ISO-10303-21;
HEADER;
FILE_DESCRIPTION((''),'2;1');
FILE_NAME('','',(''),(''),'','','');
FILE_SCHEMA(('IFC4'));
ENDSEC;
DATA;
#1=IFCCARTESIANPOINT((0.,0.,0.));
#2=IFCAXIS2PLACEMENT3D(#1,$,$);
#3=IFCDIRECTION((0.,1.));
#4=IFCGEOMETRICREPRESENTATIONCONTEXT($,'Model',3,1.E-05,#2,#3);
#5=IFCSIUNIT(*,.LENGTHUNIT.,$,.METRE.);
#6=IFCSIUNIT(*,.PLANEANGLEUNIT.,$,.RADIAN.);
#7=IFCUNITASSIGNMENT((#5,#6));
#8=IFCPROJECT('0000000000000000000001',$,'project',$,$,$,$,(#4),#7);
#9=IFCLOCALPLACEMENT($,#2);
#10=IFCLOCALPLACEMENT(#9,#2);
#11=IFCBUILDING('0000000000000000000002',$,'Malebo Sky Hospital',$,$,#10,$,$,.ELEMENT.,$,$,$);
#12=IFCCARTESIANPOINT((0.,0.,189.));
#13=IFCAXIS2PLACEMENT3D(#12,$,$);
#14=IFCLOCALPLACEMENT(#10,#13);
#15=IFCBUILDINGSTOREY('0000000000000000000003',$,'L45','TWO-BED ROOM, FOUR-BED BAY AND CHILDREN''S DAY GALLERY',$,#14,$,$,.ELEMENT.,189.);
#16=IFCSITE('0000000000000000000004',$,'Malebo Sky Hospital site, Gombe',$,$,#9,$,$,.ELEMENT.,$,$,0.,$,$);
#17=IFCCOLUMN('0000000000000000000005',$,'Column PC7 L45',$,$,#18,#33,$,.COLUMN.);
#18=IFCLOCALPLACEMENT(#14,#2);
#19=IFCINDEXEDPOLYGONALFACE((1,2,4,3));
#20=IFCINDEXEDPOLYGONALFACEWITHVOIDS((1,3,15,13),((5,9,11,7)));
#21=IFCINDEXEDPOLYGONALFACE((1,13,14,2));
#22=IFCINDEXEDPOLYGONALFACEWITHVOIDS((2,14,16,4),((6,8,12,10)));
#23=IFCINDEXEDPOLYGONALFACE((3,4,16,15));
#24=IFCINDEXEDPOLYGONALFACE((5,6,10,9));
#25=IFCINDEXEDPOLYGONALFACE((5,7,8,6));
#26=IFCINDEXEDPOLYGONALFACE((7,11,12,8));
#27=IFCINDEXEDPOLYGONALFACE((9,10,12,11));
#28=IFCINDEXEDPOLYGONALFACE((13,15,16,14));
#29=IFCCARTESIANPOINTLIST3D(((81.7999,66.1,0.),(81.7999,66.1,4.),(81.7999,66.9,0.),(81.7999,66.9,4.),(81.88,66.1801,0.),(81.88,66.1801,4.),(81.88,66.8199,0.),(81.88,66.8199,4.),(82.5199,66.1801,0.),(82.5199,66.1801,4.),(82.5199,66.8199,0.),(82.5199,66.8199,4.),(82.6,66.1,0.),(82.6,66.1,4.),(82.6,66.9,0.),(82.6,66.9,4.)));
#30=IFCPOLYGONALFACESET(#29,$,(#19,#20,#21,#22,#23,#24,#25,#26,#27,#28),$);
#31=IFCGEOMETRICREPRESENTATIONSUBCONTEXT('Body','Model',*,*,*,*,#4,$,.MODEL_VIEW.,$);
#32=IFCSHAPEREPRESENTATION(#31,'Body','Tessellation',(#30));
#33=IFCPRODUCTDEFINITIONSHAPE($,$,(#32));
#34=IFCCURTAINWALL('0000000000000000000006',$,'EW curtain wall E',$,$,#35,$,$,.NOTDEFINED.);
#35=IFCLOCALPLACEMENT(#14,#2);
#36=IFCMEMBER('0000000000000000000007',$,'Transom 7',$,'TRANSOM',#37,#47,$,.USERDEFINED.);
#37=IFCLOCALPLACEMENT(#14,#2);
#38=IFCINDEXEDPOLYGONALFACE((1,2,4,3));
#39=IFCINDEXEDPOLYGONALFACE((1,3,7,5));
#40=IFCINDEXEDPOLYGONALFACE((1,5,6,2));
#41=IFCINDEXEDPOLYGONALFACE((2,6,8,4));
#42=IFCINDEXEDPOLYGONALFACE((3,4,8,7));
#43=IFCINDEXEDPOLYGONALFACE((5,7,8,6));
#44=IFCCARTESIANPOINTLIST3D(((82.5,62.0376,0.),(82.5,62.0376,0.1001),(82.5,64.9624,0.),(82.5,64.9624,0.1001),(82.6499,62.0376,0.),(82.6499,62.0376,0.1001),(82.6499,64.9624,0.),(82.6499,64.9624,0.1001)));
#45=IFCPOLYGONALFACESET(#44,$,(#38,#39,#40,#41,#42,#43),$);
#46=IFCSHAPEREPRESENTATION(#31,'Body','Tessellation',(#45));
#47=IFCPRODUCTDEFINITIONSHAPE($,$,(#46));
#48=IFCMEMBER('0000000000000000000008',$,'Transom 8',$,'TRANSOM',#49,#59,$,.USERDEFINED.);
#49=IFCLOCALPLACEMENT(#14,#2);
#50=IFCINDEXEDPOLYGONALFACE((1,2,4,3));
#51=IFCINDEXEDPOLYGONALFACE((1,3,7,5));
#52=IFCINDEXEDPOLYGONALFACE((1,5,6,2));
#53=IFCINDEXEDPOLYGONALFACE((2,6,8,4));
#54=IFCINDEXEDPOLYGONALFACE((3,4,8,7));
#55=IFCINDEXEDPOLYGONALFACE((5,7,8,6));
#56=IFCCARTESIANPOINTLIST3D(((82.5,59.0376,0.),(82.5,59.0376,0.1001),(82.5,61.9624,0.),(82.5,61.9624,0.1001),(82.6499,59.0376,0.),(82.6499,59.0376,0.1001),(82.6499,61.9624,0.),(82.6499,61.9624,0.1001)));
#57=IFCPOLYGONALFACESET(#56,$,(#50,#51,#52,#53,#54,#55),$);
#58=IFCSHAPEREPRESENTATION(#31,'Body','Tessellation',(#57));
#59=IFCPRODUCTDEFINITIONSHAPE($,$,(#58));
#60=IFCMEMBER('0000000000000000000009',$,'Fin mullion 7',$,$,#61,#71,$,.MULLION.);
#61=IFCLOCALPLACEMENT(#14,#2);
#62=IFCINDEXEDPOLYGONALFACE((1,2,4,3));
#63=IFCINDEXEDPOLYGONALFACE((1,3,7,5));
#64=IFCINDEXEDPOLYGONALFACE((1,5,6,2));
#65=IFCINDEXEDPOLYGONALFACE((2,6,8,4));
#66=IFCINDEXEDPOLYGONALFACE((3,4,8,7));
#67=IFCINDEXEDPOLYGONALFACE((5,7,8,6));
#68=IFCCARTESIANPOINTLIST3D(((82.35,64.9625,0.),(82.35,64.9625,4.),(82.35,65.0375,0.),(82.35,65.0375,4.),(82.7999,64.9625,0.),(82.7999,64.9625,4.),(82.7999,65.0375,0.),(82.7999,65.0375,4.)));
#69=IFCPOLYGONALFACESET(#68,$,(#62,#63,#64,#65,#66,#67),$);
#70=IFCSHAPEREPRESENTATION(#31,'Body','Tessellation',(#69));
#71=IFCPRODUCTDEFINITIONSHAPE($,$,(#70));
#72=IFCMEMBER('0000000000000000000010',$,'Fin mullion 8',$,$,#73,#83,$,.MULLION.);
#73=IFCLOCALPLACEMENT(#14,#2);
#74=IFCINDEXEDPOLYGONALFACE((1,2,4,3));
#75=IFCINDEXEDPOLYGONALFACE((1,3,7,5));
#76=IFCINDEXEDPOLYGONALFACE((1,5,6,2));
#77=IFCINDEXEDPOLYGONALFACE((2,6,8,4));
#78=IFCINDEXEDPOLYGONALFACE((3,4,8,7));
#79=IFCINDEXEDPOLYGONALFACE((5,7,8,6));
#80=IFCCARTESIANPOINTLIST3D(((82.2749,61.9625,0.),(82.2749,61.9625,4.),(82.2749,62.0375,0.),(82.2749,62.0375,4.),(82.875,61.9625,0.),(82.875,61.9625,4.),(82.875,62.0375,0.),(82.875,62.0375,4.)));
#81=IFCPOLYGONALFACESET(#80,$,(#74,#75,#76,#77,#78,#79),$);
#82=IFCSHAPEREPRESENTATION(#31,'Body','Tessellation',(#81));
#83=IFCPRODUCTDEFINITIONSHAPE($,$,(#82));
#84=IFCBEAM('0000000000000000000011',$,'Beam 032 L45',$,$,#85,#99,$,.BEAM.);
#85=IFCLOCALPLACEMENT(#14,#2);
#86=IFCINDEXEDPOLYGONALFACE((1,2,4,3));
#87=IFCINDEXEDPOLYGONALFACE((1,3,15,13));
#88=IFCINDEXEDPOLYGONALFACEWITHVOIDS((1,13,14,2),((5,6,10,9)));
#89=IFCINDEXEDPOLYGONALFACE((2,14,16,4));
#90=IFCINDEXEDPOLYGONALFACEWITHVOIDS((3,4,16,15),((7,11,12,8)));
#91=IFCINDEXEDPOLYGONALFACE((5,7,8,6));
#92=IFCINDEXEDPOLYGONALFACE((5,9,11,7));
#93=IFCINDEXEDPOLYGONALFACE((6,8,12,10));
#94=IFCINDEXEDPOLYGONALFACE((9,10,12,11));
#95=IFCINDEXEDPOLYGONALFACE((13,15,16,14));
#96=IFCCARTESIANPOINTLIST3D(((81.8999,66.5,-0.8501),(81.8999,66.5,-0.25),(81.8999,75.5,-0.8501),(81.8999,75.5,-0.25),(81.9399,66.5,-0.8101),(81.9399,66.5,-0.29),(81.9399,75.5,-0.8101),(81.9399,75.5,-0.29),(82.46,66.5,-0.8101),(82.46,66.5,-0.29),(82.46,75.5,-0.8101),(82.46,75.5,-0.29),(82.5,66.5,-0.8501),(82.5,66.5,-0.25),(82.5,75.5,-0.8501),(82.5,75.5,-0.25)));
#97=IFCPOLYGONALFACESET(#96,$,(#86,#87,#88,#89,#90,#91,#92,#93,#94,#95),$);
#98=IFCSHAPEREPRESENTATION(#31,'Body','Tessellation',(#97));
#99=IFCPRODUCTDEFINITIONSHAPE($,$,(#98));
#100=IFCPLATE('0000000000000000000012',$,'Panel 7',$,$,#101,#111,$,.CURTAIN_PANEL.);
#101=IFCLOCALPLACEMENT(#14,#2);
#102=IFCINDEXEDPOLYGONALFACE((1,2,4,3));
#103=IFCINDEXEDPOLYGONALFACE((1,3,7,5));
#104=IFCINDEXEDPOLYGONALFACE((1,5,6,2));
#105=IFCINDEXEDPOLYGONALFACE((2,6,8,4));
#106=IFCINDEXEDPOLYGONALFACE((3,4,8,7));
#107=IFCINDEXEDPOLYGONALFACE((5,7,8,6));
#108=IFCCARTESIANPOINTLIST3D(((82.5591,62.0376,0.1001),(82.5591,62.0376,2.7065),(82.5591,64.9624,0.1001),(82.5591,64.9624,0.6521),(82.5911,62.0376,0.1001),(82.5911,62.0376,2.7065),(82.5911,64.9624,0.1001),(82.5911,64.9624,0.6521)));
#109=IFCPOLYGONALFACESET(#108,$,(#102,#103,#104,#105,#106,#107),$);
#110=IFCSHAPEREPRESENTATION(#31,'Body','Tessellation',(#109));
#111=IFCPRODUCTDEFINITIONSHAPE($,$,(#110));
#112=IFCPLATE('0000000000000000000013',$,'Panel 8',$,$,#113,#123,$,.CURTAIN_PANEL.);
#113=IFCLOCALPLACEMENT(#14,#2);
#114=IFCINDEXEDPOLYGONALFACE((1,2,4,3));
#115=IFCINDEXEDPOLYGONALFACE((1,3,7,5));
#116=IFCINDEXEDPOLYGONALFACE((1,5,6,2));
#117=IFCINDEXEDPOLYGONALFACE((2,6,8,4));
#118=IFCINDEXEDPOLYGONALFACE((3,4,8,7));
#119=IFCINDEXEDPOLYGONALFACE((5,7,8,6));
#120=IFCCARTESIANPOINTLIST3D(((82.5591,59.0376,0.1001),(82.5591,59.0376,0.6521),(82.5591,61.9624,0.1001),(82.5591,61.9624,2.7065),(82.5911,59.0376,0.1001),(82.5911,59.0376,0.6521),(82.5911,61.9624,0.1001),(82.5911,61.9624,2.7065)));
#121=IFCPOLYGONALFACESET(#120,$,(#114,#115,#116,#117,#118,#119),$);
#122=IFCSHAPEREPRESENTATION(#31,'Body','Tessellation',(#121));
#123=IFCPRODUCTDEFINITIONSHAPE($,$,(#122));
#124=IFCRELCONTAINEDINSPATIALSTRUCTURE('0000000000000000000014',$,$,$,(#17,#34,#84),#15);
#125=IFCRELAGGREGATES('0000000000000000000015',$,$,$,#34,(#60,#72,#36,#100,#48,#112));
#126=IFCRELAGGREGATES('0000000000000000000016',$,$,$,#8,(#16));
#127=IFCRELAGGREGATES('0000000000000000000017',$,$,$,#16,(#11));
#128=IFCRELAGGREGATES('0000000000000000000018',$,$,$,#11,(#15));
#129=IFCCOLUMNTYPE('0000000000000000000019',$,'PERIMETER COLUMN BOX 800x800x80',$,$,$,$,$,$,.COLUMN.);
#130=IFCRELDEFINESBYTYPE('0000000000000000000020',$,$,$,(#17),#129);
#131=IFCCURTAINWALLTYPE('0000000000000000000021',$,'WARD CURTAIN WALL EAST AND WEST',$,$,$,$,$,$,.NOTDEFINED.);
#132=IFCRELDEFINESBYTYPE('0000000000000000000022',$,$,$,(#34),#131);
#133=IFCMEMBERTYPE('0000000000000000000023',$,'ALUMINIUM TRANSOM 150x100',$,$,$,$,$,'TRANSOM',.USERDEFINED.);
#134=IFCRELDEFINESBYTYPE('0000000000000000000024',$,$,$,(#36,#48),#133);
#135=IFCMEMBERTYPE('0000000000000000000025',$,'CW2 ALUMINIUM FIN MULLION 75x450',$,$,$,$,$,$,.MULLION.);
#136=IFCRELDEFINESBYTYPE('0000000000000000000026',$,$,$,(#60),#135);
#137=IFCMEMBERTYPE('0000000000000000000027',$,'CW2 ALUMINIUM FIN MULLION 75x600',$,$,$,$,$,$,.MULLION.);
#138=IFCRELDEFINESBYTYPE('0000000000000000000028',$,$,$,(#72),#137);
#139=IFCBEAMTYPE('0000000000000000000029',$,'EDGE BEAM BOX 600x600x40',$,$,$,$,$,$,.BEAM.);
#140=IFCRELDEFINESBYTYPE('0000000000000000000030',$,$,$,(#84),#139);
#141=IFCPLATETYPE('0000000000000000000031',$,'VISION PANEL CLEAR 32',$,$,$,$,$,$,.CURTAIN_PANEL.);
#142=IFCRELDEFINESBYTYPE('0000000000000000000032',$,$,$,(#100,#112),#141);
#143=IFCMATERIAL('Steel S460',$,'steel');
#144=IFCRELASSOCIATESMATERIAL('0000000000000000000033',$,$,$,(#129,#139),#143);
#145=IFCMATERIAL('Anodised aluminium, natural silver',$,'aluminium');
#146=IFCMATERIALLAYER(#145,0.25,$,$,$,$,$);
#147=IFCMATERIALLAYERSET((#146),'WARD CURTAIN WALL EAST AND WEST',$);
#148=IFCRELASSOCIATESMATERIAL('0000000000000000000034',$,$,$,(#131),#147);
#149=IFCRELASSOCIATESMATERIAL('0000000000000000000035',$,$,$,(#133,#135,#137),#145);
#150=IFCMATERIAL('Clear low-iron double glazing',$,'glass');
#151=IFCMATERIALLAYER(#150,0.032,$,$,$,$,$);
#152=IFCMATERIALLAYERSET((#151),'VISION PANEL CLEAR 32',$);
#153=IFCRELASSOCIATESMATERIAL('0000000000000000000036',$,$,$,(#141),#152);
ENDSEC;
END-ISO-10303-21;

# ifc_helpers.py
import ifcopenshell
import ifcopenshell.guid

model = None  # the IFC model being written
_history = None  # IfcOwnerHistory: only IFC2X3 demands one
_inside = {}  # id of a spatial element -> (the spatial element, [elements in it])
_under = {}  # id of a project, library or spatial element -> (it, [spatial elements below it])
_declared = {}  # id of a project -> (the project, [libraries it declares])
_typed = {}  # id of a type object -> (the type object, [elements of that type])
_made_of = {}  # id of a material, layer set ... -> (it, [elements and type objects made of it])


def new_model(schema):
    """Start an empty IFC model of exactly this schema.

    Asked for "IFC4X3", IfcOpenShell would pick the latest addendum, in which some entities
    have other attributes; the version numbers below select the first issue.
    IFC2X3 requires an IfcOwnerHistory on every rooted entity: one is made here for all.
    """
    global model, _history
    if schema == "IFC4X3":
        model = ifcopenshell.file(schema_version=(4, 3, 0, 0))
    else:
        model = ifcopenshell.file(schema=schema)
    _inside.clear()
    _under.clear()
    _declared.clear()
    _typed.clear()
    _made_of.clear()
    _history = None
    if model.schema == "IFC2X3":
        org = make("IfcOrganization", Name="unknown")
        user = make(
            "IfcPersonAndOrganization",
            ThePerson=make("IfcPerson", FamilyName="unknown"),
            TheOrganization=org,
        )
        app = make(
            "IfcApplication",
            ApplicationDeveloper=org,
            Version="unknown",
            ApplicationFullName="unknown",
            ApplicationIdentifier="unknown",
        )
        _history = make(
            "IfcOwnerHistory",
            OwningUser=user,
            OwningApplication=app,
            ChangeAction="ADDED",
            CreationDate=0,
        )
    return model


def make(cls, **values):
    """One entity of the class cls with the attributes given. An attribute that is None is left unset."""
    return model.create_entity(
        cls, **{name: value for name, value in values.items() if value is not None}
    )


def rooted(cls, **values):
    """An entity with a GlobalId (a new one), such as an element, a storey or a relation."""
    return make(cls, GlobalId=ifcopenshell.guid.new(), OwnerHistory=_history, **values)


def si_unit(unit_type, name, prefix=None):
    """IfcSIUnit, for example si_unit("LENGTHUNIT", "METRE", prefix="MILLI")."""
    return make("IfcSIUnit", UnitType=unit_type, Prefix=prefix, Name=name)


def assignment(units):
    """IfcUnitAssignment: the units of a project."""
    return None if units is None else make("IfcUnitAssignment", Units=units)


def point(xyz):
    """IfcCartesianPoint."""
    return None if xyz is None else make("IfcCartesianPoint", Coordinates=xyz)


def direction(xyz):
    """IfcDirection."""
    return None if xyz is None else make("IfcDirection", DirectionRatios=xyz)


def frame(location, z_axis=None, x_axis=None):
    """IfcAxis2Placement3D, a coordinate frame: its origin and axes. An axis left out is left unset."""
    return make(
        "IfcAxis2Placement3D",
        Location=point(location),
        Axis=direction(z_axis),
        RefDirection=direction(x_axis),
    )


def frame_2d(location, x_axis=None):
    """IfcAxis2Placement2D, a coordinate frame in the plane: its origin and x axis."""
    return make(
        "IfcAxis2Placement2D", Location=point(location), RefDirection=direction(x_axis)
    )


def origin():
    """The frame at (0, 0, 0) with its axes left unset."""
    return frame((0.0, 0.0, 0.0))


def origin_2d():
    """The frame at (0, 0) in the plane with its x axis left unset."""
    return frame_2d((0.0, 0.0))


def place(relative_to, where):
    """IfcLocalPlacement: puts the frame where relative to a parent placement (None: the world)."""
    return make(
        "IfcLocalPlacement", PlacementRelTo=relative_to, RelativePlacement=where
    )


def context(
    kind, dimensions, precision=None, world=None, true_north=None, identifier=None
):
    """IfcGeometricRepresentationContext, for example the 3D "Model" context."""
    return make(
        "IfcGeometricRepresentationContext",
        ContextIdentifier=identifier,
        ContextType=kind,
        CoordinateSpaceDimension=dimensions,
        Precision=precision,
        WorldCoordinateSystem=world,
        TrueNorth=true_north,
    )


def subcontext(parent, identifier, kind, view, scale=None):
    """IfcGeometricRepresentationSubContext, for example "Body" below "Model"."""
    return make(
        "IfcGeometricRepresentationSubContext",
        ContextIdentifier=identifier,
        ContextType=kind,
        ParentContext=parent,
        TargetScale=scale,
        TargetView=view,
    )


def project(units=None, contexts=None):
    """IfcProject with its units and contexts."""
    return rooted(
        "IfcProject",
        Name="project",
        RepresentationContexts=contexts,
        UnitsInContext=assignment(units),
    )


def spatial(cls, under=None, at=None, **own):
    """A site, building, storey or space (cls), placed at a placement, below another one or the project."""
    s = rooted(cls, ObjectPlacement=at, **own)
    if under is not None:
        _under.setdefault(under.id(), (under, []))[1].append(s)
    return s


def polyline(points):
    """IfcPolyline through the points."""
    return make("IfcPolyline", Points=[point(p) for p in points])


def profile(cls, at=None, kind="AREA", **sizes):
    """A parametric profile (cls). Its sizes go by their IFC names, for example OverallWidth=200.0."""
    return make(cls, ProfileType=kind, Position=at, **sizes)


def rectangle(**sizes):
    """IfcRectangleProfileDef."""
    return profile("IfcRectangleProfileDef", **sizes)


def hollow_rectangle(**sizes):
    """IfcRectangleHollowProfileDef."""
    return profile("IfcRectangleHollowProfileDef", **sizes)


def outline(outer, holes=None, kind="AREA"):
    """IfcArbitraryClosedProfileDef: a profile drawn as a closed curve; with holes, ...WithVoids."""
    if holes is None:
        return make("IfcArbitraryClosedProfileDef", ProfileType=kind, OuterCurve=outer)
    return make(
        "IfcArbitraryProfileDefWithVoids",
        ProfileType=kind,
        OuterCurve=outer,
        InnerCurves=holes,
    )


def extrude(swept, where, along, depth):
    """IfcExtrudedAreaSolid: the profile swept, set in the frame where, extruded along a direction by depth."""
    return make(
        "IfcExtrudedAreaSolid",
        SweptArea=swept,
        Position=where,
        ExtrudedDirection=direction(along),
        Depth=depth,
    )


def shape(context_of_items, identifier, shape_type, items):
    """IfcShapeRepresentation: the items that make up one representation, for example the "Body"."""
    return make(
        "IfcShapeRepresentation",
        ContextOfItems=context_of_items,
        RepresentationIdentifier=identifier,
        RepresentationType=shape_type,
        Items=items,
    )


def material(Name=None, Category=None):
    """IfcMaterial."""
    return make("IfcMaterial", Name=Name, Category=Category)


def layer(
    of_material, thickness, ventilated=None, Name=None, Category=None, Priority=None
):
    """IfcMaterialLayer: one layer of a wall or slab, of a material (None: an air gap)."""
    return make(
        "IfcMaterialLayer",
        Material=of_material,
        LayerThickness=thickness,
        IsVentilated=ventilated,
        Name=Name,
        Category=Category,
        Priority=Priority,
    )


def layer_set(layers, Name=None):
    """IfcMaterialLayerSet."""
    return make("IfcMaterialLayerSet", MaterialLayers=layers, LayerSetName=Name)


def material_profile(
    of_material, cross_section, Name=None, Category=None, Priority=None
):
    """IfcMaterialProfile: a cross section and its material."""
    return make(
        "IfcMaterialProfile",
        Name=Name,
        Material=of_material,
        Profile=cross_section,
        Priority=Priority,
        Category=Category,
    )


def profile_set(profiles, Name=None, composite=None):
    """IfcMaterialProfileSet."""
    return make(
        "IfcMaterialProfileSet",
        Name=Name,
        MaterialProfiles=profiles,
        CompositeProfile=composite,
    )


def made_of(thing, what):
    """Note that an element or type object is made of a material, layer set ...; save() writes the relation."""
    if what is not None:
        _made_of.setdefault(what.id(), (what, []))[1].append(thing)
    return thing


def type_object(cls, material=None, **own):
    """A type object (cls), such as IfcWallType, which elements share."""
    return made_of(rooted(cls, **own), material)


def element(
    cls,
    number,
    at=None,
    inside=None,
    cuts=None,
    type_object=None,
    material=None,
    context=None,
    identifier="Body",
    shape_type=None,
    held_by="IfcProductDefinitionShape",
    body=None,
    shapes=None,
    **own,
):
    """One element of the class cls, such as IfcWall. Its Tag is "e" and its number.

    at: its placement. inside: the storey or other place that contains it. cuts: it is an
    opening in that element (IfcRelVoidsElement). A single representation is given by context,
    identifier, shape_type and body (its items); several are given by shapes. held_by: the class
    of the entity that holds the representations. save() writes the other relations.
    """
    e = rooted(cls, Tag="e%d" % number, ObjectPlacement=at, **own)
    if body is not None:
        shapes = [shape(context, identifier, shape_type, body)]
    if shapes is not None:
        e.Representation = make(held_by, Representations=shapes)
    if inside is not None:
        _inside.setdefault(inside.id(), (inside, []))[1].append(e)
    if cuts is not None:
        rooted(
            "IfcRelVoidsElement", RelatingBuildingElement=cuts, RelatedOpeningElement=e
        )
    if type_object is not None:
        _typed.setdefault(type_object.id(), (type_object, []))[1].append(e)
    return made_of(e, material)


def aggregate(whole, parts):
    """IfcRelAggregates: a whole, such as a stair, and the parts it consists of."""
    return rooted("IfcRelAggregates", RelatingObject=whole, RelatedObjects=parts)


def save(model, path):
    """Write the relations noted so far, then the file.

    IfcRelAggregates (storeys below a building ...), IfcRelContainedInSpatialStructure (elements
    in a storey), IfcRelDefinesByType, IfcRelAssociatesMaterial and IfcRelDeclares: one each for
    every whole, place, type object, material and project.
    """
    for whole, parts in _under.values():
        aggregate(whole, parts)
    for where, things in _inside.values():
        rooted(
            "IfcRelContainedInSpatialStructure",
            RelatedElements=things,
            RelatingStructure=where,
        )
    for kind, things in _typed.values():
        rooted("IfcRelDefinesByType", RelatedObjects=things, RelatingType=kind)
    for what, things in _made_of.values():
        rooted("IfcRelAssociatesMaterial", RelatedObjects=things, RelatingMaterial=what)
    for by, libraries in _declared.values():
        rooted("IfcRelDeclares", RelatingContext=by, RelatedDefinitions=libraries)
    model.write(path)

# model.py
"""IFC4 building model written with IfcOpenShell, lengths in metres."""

from ifc_helpers import new_model, si_unit, direction, frame, origin, origin_2d, place, context, subcontext, project, spatial, polyline, rectangle, hollow_rectangle, outline, extrude, material, layer, layer_set, material_profile, profile_set, type_object, element, aggregate, save


model = new_model("IFC4")

# Units and contexts
model_context = context("Model", 3, precision=1e-05, world=origin(), true_north=direction((0.0, 1.0)))
body_context = subcontext(model_context, "Body", "Model", "MODEL_VIEW")
ifc_project = project(units=[si_unit("LENGTHUNIT", "METRE"), si_unit("PLANEANGLEUNIT", "RADIAN")], contexts=[model_context])

# Site, building, storey
site_placement = place(None, origin())
site = spatial("IfcSite", under=ifc_project, at=site_placement, Name="Malebo Sky Hospital site, Gombe", CompositionType="ELEMENT", RefElevation=0.0)
building_placement = place(site_placement, origin())
building = spatial("IfcBuilding", under=site, at=building_placement, Name="Malebo Sky Hospital", CompositionType="ELEMENT")
storey_placement = place(building_placement, frame((0.0, 0.0, 189.0)))
storey = spatial("IfcBuildingStorey", under=building, at=storey_placement, Name="L45", Description="TWO-BED ROOM, FOUR-BED BAY AND CHILDREN'S DAY GALLERY", CompositionType="ELEMENT", Elevation=189.0)

# Column
ifc_material_1 = material(Name="Steel S460", Category="steel")
ifc_material_profile_1 = material_profile(ifc_material_1, hollow_rectangle(XDim=0.8, YDim=0.8, WallThickness=0.0801, at=origin_2d()), Name="BOX 800x800x80")
ifc_profile_set_1 = profile_set([ifc_material_profile_1], Name="Steel S460")
column_type = type_object("IfcColumnType", Name="PERIMETER COLUMN BOX 800x800x80", PredefinedType="COLUMN", material=ifc_profile_set_1)
column_placement = place(storey_placement, frame((82.2, 66.5, 0.0), z_axis=(0.0, 0.0, 1.0), x_axis=(1.0, 0.0, 0.0)))
element("IfcColumn", 1, at=column_placement, inside=storey, type_object=column_type, Name="Column PC7 L45", PredefinedType="COLUMN", context=body_context, shape_type="SweptSolid", body=[
    extrude(hollow_rectangle(XDim=0.8, YDim=0.8, WallThickness=0.0801, at=origin_2d()), origin(), (0.0, 0.0, 1.0), 4.0),
])

# Curtain wall, members
ifc_material_2 = material(Name="Anodised aluminium, natural silver", Category="aluminium")
ifc_layer_1 = layer(ifc_material_2, 0.25)
ifc_layer_set_1 = layer_set([ifc_layer_1], Name="WARD CURTAIN WALL EAST AND WEST")
curtain_wall_type = type_object("IfcCurtainWallType", Name="WARD CURTAIN WALL EAST AND WEST", PredefinedType="NOTDEFINED", material=ifc_layer_set_1)
curtain_wall_placement = place(storey_placement, origin())
curtain_wall = element("IfcCurtainWall", 2, at=curtain_wall_placement, inside=storey, type_object=curtain_wall_type, Name="EW curtain wall E", PredefinedType="NOTDEFINED")
ifc_material_profile_2 = material_profile(ifc_material_2, rectangle(XDim=0.1499, YDim=0.1001, at=origin_2d()), Name="ALUMINIUM TRANSOM 150x100")
ifc_profile_set_2 = profile_set([ifc_material_profile_2], Name="Anodised aluminium, natural silver")
member_type_1 = type_object("IfcMemberType", Name="ALUMINIUM TRANSOM 150x100", ElementType="TRANSOM", PredefinedType="USERDEFINED", material=ifc_profile_set_2)
member_1_placement = place(storey_placement, frame((82.575, 64.9624, 0.05), z_axis=(0.0, -1.0, 0.0), x_axis=(1.0, 0.0, 0.0)))
member_1 = element("IfcMember", 3, at=member_1_placement, type_object=member_type_1, Name="Transom 7", ObjectType="TRANSOM", PredefinedType="USERDEFINED", context=body_context, shape_type="SweptSolid", body=[
    extrude(rectangle(XDim=0.1499, YDim=0.1001, at=origin_2d()), origin(), (0.0, 0.0, 1.0), 2.9248),
])
member_2_placement = place(storey_placement, frame((82.575, 61.9624, 0.05), z_axis=(0.0, -1.0, 0.0), x_axis=(1.0, 0.0, 0.0)))
member_2 = element("IfcMember", 4, at=member_2_placement, type_object=member_type_1, Name="Transom 8", ObjectType="TRANSOM", PredefinedType="USERDEFINED", context=body_context, shape_type="SweptSolid", body=[
    extrude(rectangle(XDim=0.1499, YDim=0.1001, at=origin_2d()), origin(), (0.0, 0.0, 1.0), 2.9248),
])
ifc_material_profile_3 = material_profile(ifc_material_2, rectangle(XDim=0.075, YDim=0.45, at=origin_2d()), Name="CW2 ALUMINIUM FIN MULLION 75x450")
ifc_profile_set_3 = profile_set([ifc_material_profile_3], Name="Anodised aluminium, natural silver")
member_type_2 = type_object("IfcMemberType", Name="CW2 ALUMINIUM FIN MULLION 75x450", PredefinedType="MULLION", material=ifc_profile_set_3)
member_3_placement = place(storey_placement, frame((82.575, 65.0, 0.0), z_axis=(0.0, 0.0, 1.0), x_axis=(0.0, -1.0, 0.0)))
member_3 = element("IfcMember", 5, at=member_3_placement, type_object=member_type_2, Name="Fin mullion 7", PredefinedType="MULLION", context=body_context, shape_type="SweptSolid", body=[
    extrude(rectangle(XDim=0.075, YDim=0.45, at=origin_2d()), origin(), (0.0, 0.0, 1.0), 4.0),
])
ifc_material_profile_4 = material_profile(ifc_material_2, rectangle(XDim=0.075, YDim=0.6001, at=origin_2d()), Name="CW2 ALUMINIUM FIN MULLION 75x600")
ifc_profile_set_4 = profile_set([ifc_material_profile_4], Name="Anodised aluminium, natural silver")
member_type_3 = type_object("IfcMemberType", Name="CW2 ALUMINIUM FIN MULLION 75x600", PredefinedType="MULLION", material=ifc_profile_set_4)
member_4_placement = place(storey_placement, frame((82.575, 62.0, 0.0), z_axis=(0.0, 0.0, 1.0), x_axis=(0.0, -1.0, 0.0)))
member_4 = element("IfcMember", 6, at=member_4_placement, type_object=member_type_3, Name="Fin mullion 8", PredefinedType="MULLION", context=body_context, shape_type="SweptSolid", body=[
    extrude(rectangle(XDim=0.075, YDim=0.6001, at=origin_2d()), origin(), (0.0, 0.0, 1.0), 4.0),
])

# Beam
ifc_material_profile_5 = material_profile(ifc_material_1, hollow_rectangle(XDim=0.6001, YDim=0.6001, WallThickness=0.04, at=origin_2d()), Name="BOX 600x600x40")
ifc_profile_set_5 = profile_set([ifc_material_profile_5], Name="Steel S460")
beam_type = type_object("IfcBeamType", Name="EDGE BEAM BOX 600x600x40", PredefinedType="BEAM", material=ifc_profile_set_5)
beam_placement = place(storey_placement, frame((82.2, 66.5, -0.55), z_axis=(0.0, 1.0, 0.0), x_axis=(-1.0, 0.0, 0.0)))
element("IfcBeam", 7, at=beam_placement, inside=storey, type_object=beam_type, Name="Beam 032 L45", PredefinedType="BEAM", context=body_context, shape_type="SweptSolid", body=[
    extrude(hollow_rectangle(XDim=0.6001, YDim=0.6001, WallThickness=0.04, at=origin_2d()), origin(), (0.0, 0.0, 1.0), 9.0),
])

# Plates
ifc_material_3 = material(Name="Clear low-iron double glazing", Category="glass")
ifc_layer_2 = layer(ifc_material_3, 0.032)
ifc_layer_set_2 = layer_set([ifc_layer_2], Name="VISION PANEL CLEAR 32")
plate_type = type_object("IfcPlateType", Name="VISION PANEL CLEAR 32", PredefinedType="CURTAIN_PANEL", material=ifc_layer_set_2)
plate_1_placement = place(storey_placement, frame((82.575, 63.5, 0.1001), z_axis=(0.0, 0.0, 1.0), x_axis=(0.0, -1.0, 0.0)))
plate_1 = element("IfcPlate", 8, at=plate_1_placement, type_object=plate_type, Name="Panel 7", PredefinedType="CURTAIN_PANEL", context=body_context, shape_type="SweptSolid", body=[
    extrude(outline(polyline([(-1.4624, 0.0), (1.4624, 0.0), (1.4624, 2.6064), (-1.4624, 0.552), (-1.4624, 0.0)])), frame((0.0, 0.0161, 0.0), z_axis=(0.0, -1.0, 0.0), x_axis=(1.0, 0.0, 0.0)), (0.0, 0.0, 1.0), 0.032),
])
plate_2_placement = place(storey_placement, frame((82.575, 60.5, 0.1001), z_axis=(0.0, 0.0, 1.0), x_axis=(0.0, -1.0, 0.0)))
plate_2 = element("IfcPlate", 9, at=plate_2_placement, type_object=plate_type, Name="Panel 8", PredefinedType="CURTAIN_PANEL", context=body_context, shape_type="SweptSolid", body=[
    extrude(outline(polyline([(-1.4624, 0.0), (1.4624, 0.0), (1.4624, 0.552), (-1.4624, 2.6064), (-1.4624, 0.0)])), frame((0.0, 0.0161, 0.0), z_axis=(0.0, -1.0, 0.0), x_axis=(1.0, 0.0, 0.0)), (0.0, 0.0, 1.0), 0.032),
])
aggregate(curtain_wall, [member_3, member_4, member_1, plate_1, member_2, plate_2])

save(model, "model.ifc")
